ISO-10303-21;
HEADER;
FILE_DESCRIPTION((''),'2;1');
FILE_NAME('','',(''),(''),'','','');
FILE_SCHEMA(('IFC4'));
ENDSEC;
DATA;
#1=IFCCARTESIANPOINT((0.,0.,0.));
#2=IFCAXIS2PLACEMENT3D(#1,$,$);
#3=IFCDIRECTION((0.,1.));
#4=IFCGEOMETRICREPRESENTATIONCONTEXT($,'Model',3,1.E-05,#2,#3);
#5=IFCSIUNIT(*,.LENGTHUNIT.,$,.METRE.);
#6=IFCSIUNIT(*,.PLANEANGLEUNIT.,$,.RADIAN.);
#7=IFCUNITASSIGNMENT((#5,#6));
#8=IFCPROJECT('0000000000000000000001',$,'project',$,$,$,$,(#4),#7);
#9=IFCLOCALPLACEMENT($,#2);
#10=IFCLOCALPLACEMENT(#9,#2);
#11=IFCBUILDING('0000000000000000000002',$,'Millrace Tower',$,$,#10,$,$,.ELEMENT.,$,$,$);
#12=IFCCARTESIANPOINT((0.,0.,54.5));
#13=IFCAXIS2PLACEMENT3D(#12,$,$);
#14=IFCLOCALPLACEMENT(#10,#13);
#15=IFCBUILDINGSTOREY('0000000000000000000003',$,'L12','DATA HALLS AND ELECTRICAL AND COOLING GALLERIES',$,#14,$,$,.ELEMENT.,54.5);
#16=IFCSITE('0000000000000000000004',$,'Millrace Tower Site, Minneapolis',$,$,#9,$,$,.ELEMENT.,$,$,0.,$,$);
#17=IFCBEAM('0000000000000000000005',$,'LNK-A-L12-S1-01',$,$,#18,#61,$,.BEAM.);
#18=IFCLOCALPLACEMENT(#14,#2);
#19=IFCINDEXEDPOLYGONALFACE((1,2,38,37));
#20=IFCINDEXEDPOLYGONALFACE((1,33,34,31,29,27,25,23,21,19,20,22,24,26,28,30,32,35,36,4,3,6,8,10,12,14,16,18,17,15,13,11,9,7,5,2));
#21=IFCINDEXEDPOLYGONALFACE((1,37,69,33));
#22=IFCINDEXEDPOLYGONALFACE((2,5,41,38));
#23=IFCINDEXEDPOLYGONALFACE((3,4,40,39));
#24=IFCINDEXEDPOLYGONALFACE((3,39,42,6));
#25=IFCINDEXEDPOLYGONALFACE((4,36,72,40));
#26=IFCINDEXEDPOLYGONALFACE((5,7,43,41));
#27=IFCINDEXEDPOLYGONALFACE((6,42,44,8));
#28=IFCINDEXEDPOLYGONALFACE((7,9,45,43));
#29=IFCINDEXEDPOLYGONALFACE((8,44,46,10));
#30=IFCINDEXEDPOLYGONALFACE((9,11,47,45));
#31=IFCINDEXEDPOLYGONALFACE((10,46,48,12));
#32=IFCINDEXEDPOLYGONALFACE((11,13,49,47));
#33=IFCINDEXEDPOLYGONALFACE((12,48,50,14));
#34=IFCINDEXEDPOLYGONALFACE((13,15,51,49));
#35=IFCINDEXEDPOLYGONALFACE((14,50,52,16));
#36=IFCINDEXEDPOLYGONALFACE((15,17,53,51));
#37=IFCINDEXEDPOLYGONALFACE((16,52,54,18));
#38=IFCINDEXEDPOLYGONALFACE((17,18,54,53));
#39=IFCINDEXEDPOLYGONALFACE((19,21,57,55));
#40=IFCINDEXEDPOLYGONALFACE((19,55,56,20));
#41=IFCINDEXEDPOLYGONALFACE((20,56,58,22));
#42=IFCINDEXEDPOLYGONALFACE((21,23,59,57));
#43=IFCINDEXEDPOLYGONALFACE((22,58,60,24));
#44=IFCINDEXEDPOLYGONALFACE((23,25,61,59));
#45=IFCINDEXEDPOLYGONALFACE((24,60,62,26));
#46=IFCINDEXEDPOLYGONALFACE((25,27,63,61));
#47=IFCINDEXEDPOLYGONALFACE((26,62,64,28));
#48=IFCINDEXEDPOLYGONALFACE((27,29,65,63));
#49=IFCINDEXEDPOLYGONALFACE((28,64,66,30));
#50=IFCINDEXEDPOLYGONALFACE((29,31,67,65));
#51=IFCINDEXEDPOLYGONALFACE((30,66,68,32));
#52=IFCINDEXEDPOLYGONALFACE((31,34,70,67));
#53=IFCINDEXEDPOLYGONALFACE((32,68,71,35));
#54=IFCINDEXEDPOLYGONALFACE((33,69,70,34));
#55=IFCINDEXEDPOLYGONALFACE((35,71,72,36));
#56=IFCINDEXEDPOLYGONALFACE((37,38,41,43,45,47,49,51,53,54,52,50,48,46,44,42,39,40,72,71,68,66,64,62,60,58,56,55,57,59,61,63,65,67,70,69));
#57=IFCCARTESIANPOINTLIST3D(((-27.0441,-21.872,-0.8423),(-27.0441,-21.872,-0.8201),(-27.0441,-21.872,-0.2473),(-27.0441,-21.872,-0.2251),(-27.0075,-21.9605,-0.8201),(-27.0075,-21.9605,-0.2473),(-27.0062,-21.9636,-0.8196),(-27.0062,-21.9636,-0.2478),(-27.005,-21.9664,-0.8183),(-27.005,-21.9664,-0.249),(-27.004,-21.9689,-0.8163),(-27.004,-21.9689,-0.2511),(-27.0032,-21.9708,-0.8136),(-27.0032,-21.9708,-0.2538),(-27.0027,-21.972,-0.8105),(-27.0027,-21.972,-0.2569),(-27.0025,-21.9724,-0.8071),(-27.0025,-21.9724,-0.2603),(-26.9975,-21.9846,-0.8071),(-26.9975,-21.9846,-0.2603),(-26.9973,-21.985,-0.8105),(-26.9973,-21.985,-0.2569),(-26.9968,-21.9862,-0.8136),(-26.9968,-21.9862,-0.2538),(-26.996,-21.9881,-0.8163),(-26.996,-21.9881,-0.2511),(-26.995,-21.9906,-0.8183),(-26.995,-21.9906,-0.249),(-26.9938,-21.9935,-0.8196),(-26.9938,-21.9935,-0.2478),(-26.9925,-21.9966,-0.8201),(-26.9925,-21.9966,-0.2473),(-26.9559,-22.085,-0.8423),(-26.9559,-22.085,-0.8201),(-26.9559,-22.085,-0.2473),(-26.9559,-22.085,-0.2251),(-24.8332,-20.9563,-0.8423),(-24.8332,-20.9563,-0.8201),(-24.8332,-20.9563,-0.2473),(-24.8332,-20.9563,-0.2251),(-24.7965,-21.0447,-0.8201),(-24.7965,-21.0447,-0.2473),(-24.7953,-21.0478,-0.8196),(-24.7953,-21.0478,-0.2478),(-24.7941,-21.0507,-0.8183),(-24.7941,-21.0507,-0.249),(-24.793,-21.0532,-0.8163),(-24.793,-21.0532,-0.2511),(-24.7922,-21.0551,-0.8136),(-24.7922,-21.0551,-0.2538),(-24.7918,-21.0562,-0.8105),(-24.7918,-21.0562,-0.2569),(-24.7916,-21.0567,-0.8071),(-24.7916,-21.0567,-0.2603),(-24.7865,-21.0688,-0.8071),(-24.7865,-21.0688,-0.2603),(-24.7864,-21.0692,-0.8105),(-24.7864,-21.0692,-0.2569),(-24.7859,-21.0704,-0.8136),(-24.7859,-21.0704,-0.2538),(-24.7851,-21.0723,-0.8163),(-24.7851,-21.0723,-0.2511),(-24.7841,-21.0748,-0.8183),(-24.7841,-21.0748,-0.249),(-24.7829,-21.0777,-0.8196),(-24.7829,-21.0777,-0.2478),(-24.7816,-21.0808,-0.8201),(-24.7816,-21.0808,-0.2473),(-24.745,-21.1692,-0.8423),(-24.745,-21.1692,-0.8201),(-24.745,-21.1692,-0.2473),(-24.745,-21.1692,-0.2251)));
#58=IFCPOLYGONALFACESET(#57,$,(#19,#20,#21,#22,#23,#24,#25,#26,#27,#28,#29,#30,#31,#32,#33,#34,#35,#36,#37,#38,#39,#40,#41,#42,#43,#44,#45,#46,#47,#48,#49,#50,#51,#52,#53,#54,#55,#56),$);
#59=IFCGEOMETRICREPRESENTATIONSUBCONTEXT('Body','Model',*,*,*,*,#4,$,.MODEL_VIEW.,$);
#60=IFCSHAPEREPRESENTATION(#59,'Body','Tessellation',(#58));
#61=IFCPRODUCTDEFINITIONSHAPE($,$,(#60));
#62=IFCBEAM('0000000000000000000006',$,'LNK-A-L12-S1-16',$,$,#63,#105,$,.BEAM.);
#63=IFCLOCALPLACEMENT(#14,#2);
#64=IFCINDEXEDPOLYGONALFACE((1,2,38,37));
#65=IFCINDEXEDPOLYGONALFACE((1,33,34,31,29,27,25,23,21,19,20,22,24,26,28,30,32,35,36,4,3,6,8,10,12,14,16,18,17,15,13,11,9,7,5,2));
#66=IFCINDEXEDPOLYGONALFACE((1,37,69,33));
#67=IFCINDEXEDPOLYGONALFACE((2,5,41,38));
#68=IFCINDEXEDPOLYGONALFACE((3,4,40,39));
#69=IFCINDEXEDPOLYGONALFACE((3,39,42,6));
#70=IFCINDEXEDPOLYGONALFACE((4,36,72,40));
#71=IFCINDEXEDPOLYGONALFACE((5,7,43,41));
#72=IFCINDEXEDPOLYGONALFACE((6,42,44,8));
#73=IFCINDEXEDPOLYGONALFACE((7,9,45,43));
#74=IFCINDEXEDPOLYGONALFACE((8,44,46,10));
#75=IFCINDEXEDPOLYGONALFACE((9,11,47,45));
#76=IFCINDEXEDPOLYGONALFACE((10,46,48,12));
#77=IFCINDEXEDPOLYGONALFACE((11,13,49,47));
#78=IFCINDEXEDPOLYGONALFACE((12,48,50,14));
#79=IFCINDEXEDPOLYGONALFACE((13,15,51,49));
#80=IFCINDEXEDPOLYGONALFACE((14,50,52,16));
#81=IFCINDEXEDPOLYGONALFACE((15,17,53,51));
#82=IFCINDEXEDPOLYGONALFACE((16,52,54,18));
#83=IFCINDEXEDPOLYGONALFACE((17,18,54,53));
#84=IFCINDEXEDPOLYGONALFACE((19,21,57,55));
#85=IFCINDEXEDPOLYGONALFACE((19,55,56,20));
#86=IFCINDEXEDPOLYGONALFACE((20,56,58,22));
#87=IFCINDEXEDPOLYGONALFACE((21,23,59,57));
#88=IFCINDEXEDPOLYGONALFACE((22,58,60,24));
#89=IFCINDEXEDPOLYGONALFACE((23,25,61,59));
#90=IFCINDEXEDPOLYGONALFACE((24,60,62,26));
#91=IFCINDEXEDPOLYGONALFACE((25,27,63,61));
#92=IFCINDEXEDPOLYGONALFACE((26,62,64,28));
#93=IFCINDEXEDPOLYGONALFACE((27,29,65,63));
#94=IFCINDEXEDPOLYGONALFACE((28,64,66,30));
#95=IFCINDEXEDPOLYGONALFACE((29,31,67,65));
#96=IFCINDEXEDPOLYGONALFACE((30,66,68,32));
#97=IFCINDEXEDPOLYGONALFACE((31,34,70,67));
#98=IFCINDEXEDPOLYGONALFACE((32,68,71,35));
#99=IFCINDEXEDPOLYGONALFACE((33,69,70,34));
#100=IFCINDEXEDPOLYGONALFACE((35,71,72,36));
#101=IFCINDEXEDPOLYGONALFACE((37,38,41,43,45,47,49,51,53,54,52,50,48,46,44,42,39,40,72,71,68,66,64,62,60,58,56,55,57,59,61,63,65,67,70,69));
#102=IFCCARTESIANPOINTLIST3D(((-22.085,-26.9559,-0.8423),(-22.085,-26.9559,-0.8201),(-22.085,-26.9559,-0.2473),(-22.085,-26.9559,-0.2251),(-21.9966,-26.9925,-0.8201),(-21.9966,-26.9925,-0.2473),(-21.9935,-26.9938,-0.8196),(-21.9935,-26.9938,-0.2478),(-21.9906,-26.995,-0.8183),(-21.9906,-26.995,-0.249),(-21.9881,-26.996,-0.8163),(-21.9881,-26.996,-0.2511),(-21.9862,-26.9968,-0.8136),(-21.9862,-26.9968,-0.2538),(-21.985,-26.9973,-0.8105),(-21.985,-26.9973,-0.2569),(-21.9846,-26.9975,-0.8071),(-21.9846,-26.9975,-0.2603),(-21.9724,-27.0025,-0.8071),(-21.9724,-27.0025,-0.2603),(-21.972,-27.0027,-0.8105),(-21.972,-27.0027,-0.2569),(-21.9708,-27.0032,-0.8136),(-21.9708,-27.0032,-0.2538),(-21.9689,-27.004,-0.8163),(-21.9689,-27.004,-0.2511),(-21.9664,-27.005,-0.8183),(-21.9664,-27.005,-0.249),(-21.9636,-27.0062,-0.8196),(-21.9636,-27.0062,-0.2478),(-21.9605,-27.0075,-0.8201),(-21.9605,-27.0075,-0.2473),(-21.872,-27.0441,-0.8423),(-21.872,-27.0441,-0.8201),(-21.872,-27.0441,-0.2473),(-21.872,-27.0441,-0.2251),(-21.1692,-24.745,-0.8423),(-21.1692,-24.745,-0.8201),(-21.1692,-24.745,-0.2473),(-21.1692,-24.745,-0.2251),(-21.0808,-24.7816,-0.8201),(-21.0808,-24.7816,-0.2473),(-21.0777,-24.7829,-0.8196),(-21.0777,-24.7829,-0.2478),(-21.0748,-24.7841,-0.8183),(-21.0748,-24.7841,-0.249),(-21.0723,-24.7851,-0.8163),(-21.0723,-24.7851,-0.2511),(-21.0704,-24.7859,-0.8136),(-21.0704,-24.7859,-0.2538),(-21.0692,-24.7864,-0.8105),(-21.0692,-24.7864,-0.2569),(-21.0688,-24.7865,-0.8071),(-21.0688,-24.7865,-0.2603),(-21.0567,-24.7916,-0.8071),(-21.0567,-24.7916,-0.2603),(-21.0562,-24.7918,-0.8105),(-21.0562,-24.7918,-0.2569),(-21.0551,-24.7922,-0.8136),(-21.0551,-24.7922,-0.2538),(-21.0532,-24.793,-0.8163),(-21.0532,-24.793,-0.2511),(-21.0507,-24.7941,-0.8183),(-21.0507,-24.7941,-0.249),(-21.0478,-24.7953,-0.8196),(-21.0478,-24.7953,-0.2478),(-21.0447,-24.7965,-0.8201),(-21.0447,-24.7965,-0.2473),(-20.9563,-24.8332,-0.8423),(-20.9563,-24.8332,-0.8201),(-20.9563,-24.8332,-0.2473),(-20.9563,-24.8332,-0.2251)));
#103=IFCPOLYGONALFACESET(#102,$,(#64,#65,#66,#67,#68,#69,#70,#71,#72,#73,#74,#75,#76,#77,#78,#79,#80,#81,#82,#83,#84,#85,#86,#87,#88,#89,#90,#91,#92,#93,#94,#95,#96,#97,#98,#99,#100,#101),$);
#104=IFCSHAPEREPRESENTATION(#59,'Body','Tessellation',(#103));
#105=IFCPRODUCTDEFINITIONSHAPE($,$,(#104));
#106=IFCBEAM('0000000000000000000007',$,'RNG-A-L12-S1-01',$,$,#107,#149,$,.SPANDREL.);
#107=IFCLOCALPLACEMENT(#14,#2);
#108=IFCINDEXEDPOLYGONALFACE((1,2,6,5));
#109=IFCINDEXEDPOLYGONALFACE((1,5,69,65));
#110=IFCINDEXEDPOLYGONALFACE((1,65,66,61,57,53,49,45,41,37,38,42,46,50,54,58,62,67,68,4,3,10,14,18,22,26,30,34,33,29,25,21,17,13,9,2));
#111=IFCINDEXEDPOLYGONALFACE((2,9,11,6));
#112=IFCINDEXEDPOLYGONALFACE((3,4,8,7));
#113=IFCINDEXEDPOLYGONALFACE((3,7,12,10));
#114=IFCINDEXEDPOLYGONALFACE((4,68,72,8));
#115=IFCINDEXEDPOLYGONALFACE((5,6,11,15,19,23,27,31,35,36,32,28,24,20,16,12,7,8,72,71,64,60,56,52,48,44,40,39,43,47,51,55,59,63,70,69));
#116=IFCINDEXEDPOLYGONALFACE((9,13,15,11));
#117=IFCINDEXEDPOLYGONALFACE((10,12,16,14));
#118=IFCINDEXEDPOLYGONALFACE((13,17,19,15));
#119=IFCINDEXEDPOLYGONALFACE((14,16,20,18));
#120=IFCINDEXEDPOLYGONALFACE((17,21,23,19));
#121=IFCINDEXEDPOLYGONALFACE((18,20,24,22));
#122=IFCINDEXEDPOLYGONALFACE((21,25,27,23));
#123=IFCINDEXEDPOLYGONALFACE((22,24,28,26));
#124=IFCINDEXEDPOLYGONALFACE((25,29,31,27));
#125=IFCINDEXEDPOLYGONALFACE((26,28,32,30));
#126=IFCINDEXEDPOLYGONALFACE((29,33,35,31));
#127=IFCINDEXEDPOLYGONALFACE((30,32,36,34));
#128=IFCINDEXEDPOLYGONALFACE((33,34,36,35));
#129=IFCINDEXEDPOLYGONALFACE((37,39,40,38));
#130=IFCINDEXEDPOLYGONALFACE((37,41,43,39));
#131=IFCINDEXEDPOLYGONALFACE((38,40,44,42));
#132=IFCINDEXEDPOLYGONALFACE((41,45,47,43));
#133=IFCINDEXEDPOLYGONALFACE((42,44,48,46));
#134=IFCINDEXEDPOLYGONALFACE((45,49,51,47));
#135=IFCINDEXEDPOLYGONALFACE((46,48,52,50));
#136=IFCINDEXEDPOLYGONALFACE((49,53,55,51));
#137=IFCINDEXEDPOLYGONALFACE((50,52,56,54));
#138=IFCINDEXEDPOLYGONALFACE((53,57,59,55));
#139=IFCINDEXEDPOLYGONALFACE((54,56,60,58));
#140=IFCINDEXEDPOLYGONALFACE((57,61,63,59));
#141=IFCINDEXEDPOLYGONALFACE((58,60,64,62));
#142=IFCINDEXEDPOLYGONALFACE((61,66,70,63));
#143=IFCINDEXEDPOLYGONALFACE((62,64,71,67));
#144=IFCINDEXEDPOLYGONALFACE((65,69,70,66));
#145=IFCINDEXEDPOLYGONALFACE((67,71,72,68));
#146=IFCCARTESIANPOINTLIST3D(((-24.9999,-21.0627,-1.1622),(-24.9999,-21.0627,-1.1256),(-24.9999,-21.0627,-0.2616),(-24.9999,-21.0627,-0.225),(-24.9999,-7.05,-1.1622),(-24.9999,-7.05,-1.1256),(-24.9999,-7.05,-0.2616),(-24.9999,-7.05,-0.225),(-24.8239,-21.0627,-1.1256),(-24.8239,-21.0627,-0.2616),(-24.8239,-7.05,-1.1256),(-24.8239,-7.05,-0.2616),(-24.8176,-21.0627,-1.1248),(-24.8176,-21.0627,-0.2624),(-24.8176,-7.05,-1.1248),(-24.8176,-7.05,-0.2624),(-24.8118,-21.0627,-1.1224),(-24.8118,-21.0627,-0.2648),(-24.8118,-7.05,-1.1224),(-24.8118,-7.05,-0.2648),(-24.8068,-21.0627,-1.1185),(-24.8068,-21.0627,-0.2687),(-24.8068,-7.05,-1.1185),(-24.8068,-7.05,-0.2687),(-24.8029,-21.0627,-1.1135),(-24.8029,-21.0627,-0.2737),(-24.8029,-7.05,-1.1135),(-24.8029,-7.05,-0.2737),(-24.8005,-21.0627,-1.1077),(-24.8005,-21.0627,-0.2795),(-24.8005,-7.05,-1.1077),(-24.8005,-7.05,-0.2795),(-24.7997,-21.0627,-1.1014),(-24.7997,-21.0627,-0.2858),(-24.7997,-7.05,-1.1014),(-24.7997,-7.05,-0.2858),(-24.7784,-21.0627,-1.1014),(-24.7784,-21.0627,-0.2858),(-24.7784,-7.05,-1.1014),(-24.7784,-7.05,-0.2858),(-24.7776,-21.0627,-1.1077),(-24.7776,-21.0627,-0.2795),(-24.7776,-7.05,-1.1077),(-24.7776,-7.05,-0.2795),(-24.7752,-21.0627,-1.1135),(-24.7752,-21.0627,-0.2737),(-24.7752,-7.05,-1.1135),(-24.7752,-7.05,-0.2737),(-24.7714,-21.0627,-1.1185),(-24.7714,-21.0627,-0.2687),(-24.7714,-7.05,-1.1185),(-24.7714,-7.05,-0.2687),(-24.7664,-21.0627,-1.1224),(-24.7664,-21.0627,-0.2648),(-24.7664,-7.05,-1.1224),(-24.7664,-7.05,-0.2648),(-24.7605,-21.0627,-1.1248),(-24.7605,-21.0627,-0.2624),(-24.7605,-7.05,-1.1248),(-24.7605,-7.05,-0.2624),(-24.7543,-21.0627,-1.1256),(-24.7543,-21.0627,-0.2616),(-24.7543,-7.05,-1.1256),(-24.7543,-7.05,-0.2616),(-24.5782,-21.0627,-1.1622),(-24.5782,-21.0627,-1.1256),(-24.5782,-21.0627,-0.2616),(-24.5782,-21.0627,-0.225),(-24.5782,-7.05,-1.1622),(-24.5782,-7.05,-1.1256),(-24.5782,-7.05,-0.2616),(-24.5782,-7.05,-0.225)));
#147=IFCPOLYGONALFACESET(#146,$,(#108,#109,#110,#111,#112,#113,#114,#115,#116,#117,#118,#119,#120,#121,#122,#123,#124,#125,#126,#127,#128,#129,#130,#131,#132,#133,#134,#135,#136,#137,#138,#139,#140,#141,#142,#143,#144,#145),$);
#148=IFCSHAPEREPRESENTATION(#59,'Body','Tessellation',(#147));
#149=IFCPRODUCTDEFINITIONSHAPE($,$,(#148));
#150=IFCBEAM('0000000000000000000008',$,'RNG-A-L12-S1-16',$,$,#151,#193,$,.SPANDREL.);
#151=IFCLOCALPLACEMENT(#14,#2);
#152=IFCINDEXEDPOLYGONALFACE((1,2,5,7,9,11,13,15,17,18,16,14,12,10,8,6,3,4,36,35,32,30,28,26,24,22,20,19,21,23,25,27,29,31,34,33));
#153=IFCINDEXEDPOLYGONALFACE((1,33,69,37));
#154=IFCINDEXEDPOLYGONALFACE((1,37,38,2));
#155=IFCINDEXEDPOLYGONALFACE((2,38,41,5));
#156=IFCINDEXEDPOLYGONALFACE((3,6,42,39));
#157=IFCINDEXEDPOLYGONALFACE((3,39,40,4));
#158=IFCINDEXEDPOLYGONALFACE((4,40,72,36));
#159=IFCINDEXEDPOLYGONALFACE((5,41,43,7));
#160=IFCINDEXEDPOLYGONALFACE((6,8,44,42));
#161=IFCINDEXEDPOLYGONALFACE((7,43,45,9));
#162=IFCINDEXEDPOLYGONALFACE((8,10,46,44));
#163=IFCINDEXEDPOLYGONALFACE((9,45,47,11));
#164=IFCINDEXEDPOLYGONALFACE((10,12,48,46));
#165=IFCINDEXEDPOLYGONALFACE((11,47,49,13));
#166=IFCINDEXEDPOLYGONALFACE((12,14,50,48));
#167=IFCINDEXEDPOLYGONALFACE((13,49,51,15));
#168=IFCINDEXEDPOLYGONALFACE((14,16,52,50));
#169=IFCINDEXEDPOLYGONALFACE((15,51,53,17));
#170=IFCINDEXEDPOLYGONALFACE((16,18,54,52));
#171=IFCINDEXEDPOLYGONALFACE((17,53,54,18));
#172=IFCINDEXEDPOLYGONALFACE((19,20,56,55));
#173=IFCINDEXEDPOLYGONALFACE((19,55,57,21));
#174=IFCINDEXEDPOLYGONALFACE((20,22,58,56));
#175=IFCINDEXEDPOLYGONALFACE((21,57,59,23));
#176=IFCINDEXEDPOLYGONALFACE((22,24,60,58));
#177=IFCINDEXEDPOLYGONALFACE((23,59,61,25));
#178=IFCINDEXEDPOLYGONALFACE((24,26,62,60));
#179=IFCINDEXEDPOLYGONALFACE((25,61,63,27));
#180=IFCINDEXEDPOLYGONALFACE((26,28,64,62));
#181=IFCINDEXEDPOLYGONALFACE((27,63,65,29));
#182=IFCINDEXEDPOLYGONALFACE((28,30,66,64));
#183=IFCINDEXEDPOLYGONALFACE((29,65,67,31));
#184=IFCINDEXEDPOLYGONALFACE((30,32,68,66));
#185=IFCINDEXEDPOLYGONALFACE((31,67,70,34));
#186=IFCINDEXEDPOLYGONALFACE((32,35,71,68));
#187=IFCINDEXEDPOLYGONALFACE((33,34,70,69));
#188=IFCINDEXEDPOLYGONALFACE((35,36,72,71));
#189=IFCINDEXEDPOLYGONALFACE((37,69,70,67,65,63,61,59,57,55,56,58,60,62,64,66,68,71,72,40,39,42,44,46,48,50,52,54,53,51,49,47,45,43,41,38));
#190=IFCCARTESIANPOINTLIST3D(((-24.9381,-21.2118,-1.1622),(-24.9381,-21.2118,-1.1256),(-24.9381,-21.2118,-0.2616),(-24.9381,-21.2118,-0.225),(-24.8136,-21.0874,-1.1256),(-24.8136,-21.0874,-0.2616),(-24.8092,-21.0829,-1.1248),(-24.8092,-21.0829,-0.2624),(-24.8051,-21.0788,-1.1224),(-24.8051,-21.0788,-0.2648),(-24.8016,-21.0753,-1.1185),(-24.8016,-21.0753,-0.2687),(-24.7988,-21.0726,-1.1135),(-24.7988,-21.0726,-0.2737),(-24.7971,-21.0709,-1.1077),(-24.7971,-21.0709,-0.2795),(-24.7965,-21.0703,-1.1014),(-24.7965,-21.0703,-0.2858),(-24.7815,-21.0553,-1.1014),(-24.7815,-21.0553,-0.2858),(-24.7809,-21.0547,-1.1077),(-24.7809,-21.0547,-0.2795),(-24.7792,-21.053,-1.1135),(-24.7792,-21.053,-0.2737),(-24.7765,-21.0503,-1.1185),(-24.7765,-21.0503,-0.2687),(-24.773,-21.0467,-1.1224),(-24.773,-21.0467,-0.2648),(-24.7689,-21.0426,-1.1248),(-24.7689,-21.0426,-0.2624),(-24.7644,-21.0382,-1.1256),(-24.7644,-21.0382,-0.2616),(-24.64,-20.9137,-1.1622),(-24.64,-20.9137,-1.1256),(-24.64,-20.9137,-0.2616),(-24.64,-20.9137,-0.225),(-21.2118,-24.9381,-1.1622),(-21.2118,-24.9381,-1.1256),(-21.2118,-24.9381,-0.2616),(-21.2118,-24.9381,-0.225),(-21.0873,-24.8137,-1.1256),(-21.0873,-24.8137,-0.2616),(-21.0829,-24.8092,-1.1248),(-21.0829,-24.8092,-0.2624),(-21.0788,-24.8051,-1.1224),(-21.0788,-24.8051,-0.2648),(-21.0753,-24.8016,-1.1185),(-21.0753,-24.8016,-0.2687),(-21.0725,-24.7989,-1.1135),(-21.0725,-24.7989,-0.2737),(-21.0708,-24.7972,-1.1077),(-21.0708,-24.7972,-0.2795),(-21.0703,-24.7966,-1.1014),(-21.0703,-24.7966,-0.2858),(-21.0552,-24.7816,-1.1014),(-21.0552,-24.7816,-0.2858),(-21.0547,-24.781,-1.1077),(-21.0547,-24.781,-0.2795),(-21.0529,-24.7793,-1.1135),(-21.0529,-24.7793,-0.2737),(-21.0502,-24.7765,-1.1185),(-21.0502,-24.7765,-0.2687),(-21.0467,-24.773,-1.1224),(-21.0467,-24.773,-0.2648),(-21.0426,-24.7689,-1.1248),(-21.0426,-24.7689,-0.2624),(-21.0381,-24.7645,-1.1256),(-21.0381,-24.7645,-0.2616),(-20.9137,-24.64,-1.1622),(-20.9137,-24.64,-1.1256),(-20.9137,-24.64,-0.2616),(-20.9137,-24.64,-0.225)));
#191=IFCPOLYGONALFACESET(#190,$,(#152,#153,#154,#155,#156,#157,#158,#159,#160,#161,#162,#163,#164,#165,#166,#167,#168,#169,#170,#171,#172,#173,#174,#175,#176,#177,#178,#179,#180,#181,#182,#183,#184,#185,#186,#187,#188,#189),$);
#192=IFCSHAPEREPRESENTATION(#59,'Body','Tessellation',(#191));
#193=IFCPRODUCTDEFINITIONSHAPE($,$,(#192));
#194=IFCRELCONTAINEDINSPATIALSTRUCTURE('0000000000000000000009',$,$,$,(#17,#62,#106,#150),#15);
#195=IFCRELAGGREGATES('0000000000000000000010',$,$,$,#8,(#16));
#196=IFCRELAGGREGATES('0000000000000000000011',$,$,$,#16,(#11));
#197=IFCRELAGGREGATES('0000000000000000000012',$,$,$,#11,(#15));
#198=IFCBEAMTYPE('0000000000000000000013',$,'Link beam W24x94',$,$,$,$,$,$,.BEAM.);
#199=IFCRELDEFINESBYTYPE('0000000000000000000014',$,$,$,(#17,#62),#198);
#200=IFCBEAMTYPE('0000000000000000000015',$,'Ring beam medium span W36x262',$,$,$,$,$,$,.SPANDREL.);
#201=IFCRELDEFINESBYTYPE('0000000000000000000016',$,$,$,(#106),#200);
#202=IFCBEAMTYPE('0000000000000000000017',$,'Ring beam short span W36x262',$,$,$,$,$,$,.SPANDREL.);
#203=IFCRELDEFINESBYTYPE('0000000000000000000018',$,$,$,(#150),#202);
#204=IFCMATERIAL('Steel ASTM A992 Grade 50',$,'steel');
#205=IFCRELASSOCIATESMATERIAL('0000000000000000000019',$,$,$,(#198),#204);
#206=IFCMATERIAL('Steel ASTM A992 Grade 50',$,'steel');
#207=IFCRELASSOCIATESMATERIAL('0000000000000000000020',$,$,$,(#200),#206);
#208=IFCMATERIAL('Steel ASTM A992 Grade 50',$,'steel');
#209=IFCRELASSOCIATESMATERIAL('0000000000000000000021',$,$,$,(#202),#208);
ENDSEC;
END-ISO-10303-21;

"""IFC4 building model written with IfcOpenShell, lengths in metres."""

from ifc_helpers import new_model, si_unit, direction, frame, origin, origin_2d, place, context, subcontext, project, spatial, i_section, extrude, material, material_profile, profile_set, type_object, element, save


model = new_model("IFC4")

# Units and contexts
model_context = context("Model", 3, precision=1e-05, world=origin(), true_north=direction((0.0, 1.0)))
body_context = subcontext(model_context, "Body", "Model", "MODEL_VIEW")
ifc_project = project(units=[si_unit("LENGTHUNIT", "METRE"), si_unit("PLANEANGLEUNIT", "RADIAN")], contexts=[model_context])

# Site, building, storey
site_placement = place(None, origin())
site = spatial("IfcSite", under=ifc_project, at=site_placement, Name="Millrace Tower Site, Minneapolis", CompositionType="ELEMENT", RefElevation=0.0)
building_placement = place(site_placement, origin())
building = spatial("IfcBuilding", under=site, at=building_placement, Name="Millrace Tower", CompositionType="ELEMENT")
storey_placement = place(building_placement, frame((0.0, 0.0, 54.5)))
storey = spatial("IfcBuildingStorey", under=building, at=storey_placement, Name="L12", Description="DATA HALLS AND ELECTRICAL AND COOLING GALLERIES", CompositionType="ELEMENT", Elevation=54.5)

# Beams
ifc_material_1 = material(Name="Steel ASTM A992 Grade 50", Category="steel")
ifc_material_profile_1 = material_profile(ifc_material_1, i_section(OverallWidth=0.2305, OverallDepth=0.6172, WebThickness=0.0132, FlangeThickness=0.0222, FilletRadius=0.0129, at=origin_2d()))
ifc_profile_set_1 = profile_set([ifc_material_profile_1], Name="Steel ASTM A992 Grade 50")
beam_type_1 = type_object("IfcBeamType", Name="Link beam W24x94", PredefinedType="BEAM", material=ifc_profile_set_1)
for number, where, z_axis, x_axis, name in (
    (1, (-24.7891, -21.0627, -0.5337), (-0.923884, -0.382673, 0.0), (0.382673, -0.923884, 0.0), "LNK-A-L12-S1-01"),
    (2, (-21.0627, -24.7891, -0.5337), (-0.382673, -0.923884, 0.0), (0.923884, -0.382673, 0.0), "LNK-A-L12-S1-16"),
):
    element("IfcBeam", number, at=place(storey_placement, frame(where, z_axis=z_axis, x_axis=x_axis)), inside=storey, type_object=beam_type_1, Name=name, PredefinedType="BEAM", context=body_context, shape_type="SweptSolid", body=[
        extrude(i_section(OverallWidth=0.2305, OverallDepth=0.6172, WebThickness=0.0132, FlangeThickness=0.0222, FilletRadius=0.0129, at=origin_2d()), origin(), (0.0, 0.0, 1.0), 2.3931),
    ])
ifc_material_2 = material(Name="Steel ASTM A992 Grade 50", Category="steel")
ifc_material_profile_2 = material_profile(ifc_material_2, i_section(OverallWidth=0.4216, OverallDepth=0.9373, WebThickness=0.0212, FlangeThickness=0.0366, FilletRadius=0.0242, at=origin_2d()))
ifc_profile_set_2 = profile_set([ifc_material_profile_2], Name="Steel ASTM A992 Grade 50")
beam_type_2 = type_object("IfcBeamType", Name="Ring beam medium span W36x262", PredefinedType="SPANDREL", material=ifc_profile_set_2)
beam_1_placement = place(storey_placement, frame((-24.7891, -21.0627, -0.6936), z_axis=(0.0, 1.0, 0.0), x_axis=(-1.0, 0.0, 0.0)))
element("IfcBeam", 3, at=beam_1_placement, inside=storey, type_object=beam_type_2, Name="RNG-A-L12-S1-01", PredefinedType="SPANDREL", context=body_context, shape_type="SweptSolid", body=[
    extrude(i_section(OverallWidth=0.4216, OverallDepth=0.9373, WebThickness=0.0212, FlangeThickness=0.0366, FilletRadius=0.0242, at=origin_2d()), origin(), (0.0, 0.0, 1.0), 14.0127),
])
ifc_material_3 = material(Name="Steel ASTM A992 Grade 50", Category="steel")
ifc_material_profile_3 = material_profile(ifc_material_3, i_section(OverallWidth=0.4216, OverallDepth=0.9373, WebThickness=0.0212, FlangeThickness=0.0366, FilletRadius=0.0242, at=origin_2d()))
ifc_profile_set_3 = profile_set([ifc_material_profile_3], Name="Steel ASTM A992 Grade 50")
beam_type_3 = type_object("IfcBeamType", Name="Ring beam short span W36x262", PredefinedType="SPANDREL", material=ifc_profile_set_3)
beam_2_placement = place(storey_placement, frame((-21.0627, -24.7891, -0.6936), z_axis=(-0.707107, 0.707107, 0.0), x_axis=(-0.707107, -0.707107, 0.0)))
element("IfcBeam", 4, at=beam_2_placement, inside=storey, type_object=beam_type_3, Name="RNG-A-L12-S1-16", PredefinedType="SPANDREL", context=body_context, shape_type="SweptSolid", body=[
    extrude(i_section(OverallWidth=0.4216, OverallDepth=0.9373, WebThickness=0.0212, FlangeThickness=0.0366, FilletRadius=0.0242, at=origin_2d()), origin(), (0.0, 0.0, 1.0), 5.2698),
])

save(model, "model.ifc")
